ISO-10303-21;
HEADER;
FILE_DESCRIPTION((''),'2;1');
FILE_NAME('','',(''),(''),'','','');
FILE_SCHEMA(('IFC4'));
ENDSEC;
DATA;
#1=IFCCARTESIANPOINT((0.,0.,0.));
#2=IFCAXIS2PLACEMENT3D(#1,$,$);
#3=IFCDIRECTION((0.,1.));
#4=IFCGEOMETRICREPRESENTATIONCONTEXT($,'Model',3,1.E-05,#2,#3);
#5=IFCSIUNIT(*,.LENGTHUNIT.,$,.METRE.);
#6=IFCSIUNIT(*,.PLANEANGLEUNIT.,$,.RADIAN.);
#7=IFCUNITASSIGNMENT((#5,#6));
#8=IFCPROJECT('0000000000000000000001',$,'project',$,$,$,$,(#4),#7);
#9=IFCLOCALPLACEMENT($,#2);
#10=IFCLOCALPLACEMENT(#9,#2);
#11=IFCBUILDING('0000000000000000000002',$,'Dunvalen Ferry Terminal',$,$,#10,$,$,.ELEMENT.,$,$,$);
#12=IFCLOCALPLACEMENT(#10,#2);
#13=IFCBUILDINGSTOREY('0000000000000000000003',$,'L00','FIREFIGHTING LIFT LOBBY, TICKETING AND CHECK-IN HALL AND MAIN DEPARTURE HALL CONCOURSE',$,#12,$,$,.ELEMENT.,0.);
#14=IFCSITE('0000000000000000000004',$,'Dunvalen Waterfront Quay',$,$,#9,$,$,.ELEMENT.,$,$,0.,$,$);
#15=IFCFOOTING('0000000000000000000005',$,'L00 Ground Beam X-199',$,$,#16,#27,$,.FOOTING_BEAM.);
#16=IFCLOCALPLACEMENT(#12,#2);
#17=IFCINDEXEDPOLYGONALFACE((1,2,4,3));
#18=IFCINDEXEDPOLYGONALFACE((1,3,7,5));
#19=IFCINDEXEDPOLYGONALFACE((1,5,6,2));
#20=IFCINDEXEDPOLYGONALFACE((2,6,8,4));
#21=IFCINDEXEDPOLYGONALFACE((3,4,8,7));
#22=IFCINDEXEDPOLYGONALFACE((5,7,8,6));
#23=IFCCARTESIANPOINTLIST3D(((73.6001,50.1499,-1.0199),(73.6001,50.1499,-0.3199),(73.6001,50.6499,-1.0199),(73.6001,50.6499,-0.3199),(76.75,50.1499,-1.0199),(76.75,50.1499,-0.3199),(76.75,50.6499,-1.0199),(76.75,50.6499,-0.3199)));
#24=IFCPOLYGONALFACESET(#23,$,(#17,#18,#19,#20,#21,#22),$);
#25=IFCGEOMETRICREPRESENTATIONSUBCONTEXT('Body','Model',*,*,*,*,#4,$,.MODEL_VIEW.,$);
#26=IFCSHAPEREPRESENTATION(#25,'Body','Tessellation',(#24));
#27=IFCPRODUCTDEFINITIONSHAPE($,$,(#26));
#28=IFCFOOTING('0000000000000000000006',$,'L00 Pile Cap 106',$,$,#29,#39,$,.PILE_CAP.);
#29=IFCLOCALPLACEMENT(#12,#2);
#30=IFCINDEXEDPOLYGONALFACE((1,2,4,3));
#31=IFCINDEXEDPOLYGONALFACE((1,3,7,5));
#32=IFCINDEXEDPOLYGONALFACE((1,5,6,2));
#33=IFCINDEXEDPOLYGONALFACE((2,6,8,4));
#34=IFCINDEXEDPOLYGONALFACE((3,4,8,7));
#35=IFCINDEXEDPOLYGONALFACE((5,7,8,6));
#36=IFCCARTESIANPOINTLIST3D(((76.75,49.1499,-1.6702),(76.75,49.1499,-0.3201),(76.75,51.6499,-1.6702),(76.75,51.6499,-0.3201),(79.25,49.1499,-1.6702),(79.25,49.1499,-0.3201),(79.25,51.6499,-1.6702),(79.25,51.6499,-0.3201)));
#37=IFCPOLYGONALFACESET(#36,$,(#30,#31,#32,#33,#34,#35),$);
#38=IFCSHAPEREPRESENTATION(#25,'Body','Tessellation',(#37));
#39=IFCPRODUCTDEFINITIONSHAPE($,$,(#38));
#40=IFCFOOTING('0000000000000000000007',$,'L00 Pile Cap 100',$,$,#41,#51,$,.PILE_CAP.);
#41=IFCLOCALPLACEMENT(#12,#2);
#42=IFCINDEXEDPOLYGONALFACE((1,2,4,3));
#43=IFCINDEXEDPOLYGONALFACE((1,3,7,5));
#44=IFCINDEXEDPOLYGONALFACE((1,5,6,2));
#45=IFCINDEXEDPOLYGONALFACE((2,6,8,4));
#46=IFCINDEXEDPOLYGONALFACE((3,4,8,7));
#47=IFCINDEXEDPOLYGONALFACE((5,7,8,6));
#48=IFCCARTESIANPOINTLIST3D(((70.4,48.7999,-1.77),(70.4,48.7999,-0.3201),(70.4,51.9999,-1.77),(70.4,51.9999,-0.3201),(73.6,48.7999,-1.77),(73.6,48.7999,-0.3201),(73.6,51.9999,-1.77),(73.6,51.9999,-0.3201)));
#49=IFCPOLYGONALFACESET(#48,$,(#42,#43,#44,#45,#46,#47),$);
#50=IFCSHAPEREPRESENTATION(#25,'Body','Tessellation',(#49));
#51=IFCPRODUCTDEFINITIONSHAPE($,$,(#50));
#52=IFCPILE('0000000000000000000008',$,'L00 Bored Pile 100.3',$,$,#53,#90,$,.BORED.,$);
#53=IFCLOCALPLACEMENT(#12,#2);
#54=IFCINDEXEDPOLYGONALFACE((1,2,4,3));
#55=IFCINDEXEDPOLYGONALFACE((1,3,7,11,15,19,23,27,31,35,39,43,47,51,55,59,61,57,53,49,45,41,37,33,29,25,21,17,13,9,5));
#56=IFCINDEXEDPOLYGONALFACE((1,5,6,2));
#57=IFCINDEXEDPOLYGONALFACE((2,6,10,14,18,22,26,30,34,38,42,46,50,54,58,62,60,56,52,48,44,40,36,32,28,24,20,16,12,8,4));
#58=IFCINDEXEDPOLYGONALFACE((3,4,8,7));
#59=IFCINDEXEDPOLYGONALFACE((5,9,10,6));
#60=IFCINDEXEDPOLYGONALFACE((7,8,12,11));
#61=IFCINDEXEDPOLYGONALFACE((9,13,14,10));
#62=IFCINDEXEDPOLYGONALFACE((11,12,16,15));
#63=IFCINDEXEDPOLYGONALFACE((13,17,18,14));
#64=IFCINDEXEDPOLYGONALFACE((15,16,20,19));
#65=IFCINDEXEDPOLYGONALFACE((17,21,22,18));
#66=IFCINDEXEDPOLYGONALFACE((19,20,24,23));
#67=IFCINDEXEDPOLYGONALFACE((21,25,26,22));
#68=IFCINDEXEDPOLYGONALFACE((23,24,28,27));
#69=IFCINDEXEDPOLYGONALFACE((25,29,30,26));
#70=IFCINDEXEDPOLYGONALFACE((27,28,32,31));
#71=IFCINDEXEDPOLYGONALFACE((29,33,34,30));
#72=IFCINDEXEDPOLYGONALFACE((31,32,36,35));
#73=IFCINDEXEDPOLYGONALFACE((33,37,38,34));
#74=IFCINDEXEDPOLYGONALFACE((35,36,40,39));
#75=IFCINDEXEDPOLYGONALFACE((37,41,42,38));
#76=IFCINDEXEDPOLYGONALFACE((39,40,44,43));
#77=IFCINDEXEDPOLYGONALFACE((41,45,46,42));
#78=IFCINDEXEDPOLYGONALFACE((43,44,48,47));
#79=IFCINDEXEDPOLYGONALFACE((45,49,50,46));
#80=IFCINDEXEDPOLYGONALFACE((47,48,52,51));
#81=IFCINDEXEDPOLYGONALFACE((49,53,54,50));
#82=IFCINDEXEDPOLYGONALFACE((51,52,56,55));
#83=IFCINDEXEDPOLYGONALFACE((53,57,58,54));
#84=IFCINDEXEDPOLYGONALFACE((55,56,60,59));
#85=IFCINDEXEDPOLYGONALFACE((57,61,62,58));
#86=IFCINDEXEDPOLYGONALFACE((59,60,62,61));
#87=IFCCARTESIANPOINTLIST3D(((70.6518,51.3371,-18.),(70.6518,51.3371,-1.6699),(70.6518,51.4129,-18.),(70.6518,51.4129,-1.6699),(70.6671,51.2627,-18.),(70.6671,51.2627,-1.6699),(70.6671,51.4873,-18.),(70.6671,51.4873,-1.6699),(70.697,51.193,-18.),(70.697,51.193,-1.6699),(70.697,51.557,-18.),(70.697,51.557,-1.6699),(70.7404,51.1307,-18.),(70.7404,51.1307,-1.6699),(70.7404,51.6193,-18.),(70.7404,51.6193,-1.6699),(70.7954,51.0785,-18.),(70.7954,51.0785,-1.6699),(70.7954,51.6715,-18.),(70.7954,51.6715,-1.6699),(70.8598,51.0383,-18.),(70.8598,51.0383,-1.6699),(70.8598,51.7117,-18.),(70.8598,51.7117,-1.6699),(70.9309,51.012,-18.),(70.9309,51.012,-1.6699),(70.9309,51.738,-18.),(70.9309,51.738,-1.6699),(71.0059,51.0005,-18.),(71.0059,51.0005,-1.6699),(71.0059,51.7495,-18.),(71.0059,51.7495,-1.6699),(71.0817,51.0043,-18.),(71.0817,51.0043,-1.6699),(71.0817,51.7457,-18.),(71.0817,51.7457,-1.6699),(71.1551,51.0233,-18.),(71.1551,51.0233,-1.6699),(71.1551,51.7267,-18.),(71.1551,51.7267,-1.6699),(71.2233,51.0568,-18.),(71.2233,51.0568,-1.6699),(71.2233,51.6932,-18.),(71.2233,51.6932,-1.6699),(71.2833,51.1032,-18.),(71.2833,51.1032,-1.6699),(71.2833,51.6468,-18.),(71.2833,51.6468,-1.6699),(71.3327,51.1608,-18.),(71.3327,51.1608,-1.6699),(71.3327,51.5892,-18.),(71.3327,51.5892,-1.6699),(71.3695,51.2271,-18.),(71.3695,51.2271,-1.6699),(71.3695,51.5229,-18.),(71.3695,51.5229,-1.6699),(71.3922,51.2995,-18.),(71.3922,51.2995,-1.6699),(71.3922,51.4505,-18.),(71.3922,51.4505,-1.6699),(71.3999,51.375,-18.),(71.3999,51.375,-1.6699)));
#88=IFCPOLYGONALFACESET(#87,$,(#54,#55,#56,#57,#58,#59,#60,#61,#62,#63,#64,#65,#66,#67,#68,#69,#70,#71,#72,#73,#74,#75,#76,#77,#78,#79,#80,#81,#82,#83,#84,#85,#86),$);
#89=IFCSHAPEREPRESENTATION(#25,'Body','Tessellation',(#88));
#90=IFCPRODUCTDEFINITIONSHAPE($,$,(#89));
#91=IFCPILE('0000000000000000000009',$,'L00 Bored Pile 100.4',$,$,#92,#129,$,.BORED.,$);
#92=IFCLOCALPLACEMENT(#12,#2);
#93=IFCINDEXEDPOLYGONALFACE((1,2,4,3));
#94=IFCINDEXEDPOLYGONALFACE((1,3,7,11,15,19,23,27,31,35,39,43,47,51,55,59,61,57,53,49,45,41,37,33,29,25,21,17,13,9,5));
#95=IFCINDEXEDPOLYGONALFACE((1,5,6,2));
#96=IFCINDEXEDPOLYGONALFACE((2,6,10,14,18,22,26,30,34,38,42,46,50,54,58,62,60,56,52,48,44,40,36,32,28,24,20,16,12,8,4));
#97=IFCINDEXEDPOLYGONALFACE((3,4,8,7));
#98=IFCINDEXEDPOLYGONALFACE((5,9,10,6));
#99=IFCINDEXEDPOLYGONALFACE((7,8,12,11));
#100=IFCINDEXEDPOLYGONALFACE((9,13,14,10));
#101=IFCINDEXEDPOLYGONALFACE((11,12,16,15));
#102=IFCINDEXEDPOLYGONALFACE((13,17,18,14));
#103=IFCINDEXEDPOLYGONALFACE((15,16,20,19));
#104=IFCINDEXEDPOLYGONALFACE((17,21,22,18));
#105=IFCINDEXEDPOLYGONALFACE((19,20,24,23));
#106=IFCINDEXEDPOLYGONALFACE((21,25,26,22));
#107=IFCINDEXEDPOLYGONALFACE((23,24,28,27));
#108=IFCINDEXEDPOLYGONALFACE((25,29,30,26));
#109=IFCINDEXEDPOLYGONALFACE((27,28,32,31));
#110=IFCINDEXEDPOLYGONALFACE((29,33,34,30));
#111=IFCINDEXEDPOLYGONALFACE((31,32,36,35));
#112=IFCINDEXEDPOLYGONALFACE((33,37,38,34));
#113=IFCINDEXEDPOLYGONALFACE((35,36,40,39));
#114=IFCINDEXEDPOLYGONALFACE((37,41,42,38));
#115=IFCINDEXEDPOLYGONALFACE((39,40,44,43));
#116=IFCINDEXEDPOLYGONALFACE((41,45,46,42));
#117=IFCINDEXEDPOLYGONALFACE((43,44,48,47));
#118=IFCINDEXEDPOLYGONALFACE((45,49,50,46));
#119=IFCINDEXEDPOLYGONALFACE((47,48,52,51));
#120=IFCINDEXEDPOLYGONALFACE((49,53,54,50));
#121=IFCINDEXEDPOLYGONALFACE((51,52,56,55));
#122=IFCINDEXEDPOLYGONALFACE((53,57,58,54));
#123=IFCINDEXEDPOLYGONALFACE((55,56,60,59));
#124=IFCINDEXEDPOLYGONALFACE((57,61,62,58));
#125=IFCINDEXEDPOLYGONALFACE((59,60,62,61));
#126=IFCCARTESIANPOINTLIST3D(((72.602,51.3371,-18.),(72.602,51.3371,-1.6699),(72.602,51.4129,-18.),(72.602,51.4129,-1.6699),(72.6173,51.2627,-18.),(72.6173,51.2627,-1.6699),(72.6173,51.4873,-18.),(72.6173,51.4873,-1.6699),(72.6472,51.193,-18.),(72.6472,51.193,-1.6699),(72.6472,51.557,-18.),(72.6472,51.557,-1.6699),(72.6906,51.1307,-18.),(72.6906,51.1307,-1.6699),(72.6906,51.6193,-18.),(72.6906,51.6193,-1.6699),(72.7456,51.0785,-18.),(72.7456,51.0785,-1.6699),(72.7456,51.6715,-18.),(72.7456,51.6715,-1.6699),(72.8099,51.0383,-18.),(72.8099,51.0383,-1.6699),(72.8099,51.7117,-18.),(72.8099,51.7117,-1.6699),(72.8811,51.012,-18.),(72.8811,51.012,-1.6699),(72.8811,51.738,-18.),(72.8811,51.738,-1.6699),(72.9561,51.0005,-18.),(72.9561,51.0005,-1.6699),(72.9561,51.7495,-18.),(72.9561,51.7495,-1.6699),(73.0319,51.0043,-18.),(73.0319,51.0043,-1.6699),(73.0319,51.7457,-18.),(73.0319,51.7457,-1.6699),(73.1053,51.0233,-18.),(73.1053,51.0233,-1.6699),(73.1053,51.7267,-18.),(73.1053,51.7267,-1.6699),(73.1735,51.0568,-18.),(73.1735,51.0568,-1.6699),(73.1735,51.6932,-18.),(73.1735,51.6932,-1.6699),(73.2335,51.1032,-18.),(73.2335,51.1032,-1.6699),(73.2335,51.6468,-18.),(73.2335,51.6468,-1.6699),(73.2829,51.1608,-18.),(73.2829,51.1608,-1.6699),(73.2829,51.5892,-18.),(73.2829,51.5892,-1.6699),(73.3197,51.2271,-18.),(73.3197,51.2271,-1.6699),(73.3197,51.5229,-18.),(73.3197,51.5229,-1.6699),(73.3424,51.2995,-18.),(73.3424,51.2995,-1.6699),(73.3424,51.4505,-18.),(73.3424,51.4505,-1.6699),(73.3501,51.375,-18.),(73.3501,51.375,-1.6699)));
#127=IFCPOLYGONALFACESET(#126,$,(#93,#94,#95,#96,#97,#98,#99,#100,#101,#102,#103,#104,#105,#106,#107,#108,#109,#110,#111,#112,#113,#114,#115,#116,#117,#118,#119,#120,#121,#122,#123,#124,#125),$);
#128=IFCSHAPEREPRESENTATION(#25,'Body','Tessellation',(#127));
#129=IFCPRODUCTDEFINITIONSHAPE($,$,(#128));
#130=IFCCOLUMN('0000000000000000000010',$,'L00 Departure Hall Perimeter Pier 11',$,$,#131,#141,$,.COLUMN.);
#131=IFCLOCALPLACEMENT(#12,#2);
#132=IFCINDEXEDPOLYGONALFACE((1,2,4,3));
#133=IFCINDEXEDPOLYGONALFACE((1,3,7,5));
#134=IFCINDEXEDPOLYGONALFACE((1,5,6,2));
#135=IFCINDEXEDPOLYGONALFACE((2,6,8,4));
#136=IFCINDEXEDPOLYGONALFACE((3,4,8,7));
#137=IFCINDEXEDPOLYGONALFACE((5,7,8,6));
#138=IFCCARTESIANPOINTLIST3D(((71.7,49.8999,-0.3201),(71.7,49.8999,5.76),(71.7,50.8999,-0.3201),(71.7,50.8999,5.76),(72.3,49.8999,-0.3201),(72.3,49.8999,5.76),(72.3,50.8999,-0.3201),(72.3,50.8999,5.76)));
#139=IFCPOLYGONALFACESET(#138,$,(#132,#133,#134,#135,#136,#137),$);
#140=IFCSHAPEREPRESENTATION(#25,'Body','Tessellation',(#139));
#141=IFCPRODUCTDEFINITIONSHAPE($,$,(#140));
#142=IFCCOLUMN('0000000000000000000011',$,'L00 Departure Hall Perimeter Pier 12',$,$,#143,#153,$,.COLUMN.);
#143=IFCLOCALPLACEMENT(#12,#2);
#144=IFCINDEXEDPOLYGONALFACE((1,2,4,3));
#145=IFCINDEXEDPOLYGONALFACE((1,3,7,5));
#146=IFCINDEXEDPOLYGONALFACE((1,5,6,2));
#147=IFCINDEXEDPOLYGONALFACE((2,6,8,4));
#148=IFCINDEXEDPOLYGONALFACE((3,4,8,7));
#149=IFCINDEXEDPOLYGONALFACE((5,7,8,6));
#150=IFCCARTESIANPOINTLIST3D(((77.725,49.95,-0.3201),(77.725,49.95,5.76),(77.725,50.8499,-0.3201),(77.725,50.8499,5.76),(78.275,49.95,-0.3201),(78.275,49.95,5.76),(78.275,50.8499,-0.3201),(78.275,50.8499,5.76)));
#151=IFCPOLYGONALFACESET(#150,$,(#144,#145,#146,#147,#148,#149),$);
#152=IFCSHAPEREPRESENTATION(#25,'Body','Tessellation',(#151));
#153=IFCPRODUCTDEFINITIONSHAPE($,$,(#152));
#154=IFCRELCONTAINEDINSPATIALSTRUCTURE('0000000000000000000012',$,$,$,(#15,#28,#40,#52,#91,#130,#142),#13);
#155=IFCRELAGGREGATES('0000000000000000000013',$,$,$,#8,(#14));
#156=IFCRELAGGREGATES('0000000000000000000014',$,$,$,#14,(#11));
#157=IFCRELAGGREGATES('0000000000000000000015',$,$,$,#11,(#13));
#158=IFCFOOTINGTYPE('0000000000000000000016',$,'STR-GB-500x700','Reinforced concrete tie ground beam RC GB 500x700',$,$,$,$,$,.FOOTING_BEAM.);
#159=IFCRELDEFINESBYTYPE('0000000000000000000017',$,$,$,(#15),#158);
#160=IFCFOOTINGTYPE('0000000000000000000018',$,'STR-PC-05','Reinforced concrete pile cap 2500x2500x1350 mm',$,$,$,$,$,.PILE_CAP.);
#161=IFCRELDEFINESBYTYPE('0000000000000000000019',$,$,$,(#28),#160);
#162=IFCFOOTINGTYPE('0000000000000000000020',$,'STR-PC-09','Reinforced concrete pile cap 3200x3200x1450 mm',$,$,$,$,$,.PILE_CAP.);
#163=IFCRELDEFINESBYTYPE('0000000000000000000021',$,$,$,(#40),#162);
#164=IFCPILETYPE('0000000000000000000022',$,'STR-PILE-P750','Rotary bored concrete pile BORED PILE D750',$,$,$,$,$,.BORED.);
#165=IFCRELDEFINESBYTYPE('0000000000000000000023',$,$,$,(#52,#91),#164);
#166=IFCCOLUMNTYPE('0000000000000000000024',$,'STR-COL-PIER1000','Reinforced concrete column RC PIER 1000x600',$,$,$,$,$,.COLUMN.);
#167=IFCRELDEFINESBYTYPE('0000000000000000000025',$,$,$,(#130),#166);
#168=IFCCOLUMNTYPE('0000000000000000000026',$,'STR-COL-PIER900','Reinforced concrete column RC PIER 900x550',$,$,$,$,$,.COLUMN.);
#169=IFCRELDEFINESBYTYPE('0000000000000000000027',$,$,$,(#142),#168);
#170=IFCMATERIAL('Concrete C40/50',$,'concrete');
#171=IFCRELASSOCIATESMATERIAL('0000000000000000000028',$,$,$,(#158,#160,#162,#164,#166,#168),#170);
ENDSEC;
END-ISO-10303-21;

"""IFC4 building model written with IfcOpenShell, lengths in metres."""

from ifc_helpers import new_model, si_unit, direction, frame, origin, origin_2d, place, context, subcontext, project, spatial, rectangle, circle, extrude, material, material_profile, profile_set, type_object, element, save


model = new_model("IFC4")

# Units and contexts
model_context = context("Model", 3, precision=1e-05, world=origin(), true_north=direction((0.0, 1.0)))
body_context = subcontext(model_context, "Body", "Model", "MODEL_VIEW")
ifc_project = project(units=[si_unit("LENGTHUNIT", "METRE"), si_unit("PLANEANGLEUNIT", "RADIAN")], contexts=[model_context])

# Site, building, storey
site_placement = place(None, origin())
site = spatial("IfcSite", under=ifc_project, at=site_placement, Name="Dunvalen Waterfront Quay", CompositionType="ELEMENT", RefElevation=0.0)
building_placement = place(site_placement, origin())
building = spatial("IfcBuilding", under=site, at=building_placement, Name="Dunvalen Ferry Terminal", CompositionType="ELEMENT")
storey_placement = place(building_placement, origin())
storey = spatial("IfcBuildingStorey", under=building, at=storey_placement, Name="L00", Description="FIREFIGHTING LIFT LOBBY, TICKETING AND CHECK-IN HALL AND MAIN DEPARTURE HALL CONCOURSE", CompositionType="ELEMENT", Elevation=0.0)

# Footings
ifc_material_1 = material(Name="Concrete C40/50", Category="concrete")
ifc_material_profile_1 = material_profile(ifc_material_1, rectangle(XDim=0.5, YDim=0.7, at=origin_2d()), Name="Concrete C40/50")
ifc_profile_set_1 = profile_set([ifc_material_profile_1], Name="Concrete C40/50")
footing_type_1 = type_object("IfcFootingType", Name="STR-GB-500x700", Description="Reinforced concrete tie ground beam RC GB 500x700", PredefinedType="FOOTING_BEAM", material=ifc_profile_set_1)
footing_1_placement = place(storey_placement, frame((73.6001, 50.3999, -0.6699), z_axis=(1.0, 0.0, 0.0), x_axis=(0.0, 1.0, 0.0)))
element("IfcFooting", 1, at=footing_1_placement, inside=storey, type_object=footing_type_1, Name="L00 Ground Beam X-199", PredefinedType="FOOTING_BEAM", context=body_context, shape_type="SweptSolid", body=[
    extrude(rectangle(XDim=0.5, YDim=0.7, at=origin_2d()), origin(), (0.0, 0.0, 1.0), 3.1499),
])
footing_type_2 = type_object("IfcFootingType", Name="STR-PC-05", Description="Reinforced concrete pile cap 2500x2500x1350 mm", PredefinedType="PILE_CAP", material=ifc_material_1)
footing_2_placement = place(storey_placement, frame((78.0, 50.3999, -1.6702), z_axis=(0.0, 0.0, 1.0), x_axis=(1.0, 0.0, 0.0)))
element("IfcFooting", 2, at=footing_2_placement, inside=storey, type_object=footing_type_2, Name="L00 Pile Cap 106", PredefinedType="PILE_CAP", context=body_context, shape_type="SweptSolid", body=[
    extrude(rectangle(XDim=2.5, YDim=2.5, at=origin_2d()), origin(), (0.0, 0.0, 1.0), 1.3501),
])
footing_type_3 = type_object("IfcFootingType", Name="STR-PC-09", Description="Reinforced concrete pile cap 3200x3200x1450 mm", PredefinedType="PILE_CAP", material=ifc_material_1)
footing_3_placement = place(storey_placement, frame((72.0, 50.3999, -1.77), z_axis=(0.0, 0.0, 1.0), x_axis=(1.0, 0.0, 0.0)))
element("IfcFooting", 3, at=footing_3_placement, inside=storey, type_object=footing_type_3, Name="L00 Pile Cap 100", PredefinedType="PILE_CAP", context=body_context, shape_type="SweptSolid", body=[
    extrude(rectangle(XDim=3.2, YDim=3.2, at=origin_2d()), origin(), (0.0, 0.0, 1.0), 1.45),
])

# Piles
ifc_material_profile_2 = material_profile(ifc_material_1, circle(Radius=0.375, at=origin_2d()), Name="Concrete C40/50")
ifc_profile_set_2 = profile_set([ifc_material_profile_2], Name="Concrete C40/50")
pile_type = type_object("IfcPileType", Name="STR-PILE-P750", Description="Rotary bored concrete pile BORED PILE D750", PredefinedType="BORED", material=ifc_profile_set_2)
for number, where, z_axis, x_axis, name in (
    (4, (71.0249, 51.375, -1.6699), (0.0, 0.0, -1.0), (1.0, 0.0, 0.0), "L00 Bored Pile 100.3"),
    (5, (72.9751, 51.375, -1.6699), (0.0, 0.0, -1.0), (1.0, 0.0, 0.0), "L00 Bored Pile 100.4"),
):
    element("IfcPile", number, at=place(storey_placement, frame(where, z_axis=z_axis, x_axis=x_axis)), inside=storey, type_object=pile_type, Name=name, PredefinedType="BORED", context=body_context, shape_type="SweptSolid", body=[
        extrude(circle(Radius=0.375, at=origin_2d()), origin(), (0.0, 0.0, 1.0), 16.3301),
    ])

# Columns
ifc_material_profile_3 = material_profile(ifc_material_1, rectangle(XDim=0.6001, YDim=1.0, at=origin_2d()), Name="Concrete C40/50")
ifc_profile_set_3 = profile_set([ifc_material_profile_3], Name="Concrete C40/50")
column_type_1 = type_object("IfcColumnType", Name="STR-COL-PIER1000", Description="Reinforced concrete column RC PIER 1000x600", PredefinedType="COLUMN", material=ifc_profile_set_3)
column_1_placement = place(storey_placement, frame((72.0, 50.3999, -0.3201), z_axis=(0.0, 0.0, 1.0), x_axis=(1.0, 0.0, 0.0)))
element("IfcColumn", 6, at=column_1_placement, inside=storey, type_object=column_type_1, Name="L00 Departure Hall Perimeter Pier 11", PredefinedType="COLUMN", context=body_context, shape_type="SweptSolid", body=[
    extrude(rectangle(XDim=0.6001, YDim=1.0, at=origin_2d()), origin(), (0.0, 0.0, 1.0), 6.0801),
])
ifc_material_profile_4 = material_profile(ifc_material_1, rectangle(XDim=0.55, YDim=0.8999, at=origin_2d()), Name="Concrete C40/50")
ifc_profile_set_4 = profile_set([ifc_material_profile_4], Name="Concrete C40/50")
column_type_2 = type_object("IfcColumnType", Name="STR-COL-PIER900", Description="Reinforced concrete column RC PIER 900x550", PredefinedType="COLUMN", material=ifc_profile_set_4)
column_2_placement = place(storey_placement, frame((78.0, 50.3999, -0.3201), z_axis=(0.0, 0.0, 1.0), x_axis=(1.0, 0.0, 0.0)))
element("IfcColumn", 7, at=column_2_placement, inside=storey, type_object=column_type_2, Name="L00 Departure Hall Perimeter Pier 12", PredefinedType="COLUMN", context=body_context, shape_type="SweptSolid", body=[
    extrude(rectangle(XDim=0.55, YDim=0.8999, at=origin_2d()), origin(), (0.0, 0.0, 1.0), 6.0801),
])

save(model, "model.ifc")
